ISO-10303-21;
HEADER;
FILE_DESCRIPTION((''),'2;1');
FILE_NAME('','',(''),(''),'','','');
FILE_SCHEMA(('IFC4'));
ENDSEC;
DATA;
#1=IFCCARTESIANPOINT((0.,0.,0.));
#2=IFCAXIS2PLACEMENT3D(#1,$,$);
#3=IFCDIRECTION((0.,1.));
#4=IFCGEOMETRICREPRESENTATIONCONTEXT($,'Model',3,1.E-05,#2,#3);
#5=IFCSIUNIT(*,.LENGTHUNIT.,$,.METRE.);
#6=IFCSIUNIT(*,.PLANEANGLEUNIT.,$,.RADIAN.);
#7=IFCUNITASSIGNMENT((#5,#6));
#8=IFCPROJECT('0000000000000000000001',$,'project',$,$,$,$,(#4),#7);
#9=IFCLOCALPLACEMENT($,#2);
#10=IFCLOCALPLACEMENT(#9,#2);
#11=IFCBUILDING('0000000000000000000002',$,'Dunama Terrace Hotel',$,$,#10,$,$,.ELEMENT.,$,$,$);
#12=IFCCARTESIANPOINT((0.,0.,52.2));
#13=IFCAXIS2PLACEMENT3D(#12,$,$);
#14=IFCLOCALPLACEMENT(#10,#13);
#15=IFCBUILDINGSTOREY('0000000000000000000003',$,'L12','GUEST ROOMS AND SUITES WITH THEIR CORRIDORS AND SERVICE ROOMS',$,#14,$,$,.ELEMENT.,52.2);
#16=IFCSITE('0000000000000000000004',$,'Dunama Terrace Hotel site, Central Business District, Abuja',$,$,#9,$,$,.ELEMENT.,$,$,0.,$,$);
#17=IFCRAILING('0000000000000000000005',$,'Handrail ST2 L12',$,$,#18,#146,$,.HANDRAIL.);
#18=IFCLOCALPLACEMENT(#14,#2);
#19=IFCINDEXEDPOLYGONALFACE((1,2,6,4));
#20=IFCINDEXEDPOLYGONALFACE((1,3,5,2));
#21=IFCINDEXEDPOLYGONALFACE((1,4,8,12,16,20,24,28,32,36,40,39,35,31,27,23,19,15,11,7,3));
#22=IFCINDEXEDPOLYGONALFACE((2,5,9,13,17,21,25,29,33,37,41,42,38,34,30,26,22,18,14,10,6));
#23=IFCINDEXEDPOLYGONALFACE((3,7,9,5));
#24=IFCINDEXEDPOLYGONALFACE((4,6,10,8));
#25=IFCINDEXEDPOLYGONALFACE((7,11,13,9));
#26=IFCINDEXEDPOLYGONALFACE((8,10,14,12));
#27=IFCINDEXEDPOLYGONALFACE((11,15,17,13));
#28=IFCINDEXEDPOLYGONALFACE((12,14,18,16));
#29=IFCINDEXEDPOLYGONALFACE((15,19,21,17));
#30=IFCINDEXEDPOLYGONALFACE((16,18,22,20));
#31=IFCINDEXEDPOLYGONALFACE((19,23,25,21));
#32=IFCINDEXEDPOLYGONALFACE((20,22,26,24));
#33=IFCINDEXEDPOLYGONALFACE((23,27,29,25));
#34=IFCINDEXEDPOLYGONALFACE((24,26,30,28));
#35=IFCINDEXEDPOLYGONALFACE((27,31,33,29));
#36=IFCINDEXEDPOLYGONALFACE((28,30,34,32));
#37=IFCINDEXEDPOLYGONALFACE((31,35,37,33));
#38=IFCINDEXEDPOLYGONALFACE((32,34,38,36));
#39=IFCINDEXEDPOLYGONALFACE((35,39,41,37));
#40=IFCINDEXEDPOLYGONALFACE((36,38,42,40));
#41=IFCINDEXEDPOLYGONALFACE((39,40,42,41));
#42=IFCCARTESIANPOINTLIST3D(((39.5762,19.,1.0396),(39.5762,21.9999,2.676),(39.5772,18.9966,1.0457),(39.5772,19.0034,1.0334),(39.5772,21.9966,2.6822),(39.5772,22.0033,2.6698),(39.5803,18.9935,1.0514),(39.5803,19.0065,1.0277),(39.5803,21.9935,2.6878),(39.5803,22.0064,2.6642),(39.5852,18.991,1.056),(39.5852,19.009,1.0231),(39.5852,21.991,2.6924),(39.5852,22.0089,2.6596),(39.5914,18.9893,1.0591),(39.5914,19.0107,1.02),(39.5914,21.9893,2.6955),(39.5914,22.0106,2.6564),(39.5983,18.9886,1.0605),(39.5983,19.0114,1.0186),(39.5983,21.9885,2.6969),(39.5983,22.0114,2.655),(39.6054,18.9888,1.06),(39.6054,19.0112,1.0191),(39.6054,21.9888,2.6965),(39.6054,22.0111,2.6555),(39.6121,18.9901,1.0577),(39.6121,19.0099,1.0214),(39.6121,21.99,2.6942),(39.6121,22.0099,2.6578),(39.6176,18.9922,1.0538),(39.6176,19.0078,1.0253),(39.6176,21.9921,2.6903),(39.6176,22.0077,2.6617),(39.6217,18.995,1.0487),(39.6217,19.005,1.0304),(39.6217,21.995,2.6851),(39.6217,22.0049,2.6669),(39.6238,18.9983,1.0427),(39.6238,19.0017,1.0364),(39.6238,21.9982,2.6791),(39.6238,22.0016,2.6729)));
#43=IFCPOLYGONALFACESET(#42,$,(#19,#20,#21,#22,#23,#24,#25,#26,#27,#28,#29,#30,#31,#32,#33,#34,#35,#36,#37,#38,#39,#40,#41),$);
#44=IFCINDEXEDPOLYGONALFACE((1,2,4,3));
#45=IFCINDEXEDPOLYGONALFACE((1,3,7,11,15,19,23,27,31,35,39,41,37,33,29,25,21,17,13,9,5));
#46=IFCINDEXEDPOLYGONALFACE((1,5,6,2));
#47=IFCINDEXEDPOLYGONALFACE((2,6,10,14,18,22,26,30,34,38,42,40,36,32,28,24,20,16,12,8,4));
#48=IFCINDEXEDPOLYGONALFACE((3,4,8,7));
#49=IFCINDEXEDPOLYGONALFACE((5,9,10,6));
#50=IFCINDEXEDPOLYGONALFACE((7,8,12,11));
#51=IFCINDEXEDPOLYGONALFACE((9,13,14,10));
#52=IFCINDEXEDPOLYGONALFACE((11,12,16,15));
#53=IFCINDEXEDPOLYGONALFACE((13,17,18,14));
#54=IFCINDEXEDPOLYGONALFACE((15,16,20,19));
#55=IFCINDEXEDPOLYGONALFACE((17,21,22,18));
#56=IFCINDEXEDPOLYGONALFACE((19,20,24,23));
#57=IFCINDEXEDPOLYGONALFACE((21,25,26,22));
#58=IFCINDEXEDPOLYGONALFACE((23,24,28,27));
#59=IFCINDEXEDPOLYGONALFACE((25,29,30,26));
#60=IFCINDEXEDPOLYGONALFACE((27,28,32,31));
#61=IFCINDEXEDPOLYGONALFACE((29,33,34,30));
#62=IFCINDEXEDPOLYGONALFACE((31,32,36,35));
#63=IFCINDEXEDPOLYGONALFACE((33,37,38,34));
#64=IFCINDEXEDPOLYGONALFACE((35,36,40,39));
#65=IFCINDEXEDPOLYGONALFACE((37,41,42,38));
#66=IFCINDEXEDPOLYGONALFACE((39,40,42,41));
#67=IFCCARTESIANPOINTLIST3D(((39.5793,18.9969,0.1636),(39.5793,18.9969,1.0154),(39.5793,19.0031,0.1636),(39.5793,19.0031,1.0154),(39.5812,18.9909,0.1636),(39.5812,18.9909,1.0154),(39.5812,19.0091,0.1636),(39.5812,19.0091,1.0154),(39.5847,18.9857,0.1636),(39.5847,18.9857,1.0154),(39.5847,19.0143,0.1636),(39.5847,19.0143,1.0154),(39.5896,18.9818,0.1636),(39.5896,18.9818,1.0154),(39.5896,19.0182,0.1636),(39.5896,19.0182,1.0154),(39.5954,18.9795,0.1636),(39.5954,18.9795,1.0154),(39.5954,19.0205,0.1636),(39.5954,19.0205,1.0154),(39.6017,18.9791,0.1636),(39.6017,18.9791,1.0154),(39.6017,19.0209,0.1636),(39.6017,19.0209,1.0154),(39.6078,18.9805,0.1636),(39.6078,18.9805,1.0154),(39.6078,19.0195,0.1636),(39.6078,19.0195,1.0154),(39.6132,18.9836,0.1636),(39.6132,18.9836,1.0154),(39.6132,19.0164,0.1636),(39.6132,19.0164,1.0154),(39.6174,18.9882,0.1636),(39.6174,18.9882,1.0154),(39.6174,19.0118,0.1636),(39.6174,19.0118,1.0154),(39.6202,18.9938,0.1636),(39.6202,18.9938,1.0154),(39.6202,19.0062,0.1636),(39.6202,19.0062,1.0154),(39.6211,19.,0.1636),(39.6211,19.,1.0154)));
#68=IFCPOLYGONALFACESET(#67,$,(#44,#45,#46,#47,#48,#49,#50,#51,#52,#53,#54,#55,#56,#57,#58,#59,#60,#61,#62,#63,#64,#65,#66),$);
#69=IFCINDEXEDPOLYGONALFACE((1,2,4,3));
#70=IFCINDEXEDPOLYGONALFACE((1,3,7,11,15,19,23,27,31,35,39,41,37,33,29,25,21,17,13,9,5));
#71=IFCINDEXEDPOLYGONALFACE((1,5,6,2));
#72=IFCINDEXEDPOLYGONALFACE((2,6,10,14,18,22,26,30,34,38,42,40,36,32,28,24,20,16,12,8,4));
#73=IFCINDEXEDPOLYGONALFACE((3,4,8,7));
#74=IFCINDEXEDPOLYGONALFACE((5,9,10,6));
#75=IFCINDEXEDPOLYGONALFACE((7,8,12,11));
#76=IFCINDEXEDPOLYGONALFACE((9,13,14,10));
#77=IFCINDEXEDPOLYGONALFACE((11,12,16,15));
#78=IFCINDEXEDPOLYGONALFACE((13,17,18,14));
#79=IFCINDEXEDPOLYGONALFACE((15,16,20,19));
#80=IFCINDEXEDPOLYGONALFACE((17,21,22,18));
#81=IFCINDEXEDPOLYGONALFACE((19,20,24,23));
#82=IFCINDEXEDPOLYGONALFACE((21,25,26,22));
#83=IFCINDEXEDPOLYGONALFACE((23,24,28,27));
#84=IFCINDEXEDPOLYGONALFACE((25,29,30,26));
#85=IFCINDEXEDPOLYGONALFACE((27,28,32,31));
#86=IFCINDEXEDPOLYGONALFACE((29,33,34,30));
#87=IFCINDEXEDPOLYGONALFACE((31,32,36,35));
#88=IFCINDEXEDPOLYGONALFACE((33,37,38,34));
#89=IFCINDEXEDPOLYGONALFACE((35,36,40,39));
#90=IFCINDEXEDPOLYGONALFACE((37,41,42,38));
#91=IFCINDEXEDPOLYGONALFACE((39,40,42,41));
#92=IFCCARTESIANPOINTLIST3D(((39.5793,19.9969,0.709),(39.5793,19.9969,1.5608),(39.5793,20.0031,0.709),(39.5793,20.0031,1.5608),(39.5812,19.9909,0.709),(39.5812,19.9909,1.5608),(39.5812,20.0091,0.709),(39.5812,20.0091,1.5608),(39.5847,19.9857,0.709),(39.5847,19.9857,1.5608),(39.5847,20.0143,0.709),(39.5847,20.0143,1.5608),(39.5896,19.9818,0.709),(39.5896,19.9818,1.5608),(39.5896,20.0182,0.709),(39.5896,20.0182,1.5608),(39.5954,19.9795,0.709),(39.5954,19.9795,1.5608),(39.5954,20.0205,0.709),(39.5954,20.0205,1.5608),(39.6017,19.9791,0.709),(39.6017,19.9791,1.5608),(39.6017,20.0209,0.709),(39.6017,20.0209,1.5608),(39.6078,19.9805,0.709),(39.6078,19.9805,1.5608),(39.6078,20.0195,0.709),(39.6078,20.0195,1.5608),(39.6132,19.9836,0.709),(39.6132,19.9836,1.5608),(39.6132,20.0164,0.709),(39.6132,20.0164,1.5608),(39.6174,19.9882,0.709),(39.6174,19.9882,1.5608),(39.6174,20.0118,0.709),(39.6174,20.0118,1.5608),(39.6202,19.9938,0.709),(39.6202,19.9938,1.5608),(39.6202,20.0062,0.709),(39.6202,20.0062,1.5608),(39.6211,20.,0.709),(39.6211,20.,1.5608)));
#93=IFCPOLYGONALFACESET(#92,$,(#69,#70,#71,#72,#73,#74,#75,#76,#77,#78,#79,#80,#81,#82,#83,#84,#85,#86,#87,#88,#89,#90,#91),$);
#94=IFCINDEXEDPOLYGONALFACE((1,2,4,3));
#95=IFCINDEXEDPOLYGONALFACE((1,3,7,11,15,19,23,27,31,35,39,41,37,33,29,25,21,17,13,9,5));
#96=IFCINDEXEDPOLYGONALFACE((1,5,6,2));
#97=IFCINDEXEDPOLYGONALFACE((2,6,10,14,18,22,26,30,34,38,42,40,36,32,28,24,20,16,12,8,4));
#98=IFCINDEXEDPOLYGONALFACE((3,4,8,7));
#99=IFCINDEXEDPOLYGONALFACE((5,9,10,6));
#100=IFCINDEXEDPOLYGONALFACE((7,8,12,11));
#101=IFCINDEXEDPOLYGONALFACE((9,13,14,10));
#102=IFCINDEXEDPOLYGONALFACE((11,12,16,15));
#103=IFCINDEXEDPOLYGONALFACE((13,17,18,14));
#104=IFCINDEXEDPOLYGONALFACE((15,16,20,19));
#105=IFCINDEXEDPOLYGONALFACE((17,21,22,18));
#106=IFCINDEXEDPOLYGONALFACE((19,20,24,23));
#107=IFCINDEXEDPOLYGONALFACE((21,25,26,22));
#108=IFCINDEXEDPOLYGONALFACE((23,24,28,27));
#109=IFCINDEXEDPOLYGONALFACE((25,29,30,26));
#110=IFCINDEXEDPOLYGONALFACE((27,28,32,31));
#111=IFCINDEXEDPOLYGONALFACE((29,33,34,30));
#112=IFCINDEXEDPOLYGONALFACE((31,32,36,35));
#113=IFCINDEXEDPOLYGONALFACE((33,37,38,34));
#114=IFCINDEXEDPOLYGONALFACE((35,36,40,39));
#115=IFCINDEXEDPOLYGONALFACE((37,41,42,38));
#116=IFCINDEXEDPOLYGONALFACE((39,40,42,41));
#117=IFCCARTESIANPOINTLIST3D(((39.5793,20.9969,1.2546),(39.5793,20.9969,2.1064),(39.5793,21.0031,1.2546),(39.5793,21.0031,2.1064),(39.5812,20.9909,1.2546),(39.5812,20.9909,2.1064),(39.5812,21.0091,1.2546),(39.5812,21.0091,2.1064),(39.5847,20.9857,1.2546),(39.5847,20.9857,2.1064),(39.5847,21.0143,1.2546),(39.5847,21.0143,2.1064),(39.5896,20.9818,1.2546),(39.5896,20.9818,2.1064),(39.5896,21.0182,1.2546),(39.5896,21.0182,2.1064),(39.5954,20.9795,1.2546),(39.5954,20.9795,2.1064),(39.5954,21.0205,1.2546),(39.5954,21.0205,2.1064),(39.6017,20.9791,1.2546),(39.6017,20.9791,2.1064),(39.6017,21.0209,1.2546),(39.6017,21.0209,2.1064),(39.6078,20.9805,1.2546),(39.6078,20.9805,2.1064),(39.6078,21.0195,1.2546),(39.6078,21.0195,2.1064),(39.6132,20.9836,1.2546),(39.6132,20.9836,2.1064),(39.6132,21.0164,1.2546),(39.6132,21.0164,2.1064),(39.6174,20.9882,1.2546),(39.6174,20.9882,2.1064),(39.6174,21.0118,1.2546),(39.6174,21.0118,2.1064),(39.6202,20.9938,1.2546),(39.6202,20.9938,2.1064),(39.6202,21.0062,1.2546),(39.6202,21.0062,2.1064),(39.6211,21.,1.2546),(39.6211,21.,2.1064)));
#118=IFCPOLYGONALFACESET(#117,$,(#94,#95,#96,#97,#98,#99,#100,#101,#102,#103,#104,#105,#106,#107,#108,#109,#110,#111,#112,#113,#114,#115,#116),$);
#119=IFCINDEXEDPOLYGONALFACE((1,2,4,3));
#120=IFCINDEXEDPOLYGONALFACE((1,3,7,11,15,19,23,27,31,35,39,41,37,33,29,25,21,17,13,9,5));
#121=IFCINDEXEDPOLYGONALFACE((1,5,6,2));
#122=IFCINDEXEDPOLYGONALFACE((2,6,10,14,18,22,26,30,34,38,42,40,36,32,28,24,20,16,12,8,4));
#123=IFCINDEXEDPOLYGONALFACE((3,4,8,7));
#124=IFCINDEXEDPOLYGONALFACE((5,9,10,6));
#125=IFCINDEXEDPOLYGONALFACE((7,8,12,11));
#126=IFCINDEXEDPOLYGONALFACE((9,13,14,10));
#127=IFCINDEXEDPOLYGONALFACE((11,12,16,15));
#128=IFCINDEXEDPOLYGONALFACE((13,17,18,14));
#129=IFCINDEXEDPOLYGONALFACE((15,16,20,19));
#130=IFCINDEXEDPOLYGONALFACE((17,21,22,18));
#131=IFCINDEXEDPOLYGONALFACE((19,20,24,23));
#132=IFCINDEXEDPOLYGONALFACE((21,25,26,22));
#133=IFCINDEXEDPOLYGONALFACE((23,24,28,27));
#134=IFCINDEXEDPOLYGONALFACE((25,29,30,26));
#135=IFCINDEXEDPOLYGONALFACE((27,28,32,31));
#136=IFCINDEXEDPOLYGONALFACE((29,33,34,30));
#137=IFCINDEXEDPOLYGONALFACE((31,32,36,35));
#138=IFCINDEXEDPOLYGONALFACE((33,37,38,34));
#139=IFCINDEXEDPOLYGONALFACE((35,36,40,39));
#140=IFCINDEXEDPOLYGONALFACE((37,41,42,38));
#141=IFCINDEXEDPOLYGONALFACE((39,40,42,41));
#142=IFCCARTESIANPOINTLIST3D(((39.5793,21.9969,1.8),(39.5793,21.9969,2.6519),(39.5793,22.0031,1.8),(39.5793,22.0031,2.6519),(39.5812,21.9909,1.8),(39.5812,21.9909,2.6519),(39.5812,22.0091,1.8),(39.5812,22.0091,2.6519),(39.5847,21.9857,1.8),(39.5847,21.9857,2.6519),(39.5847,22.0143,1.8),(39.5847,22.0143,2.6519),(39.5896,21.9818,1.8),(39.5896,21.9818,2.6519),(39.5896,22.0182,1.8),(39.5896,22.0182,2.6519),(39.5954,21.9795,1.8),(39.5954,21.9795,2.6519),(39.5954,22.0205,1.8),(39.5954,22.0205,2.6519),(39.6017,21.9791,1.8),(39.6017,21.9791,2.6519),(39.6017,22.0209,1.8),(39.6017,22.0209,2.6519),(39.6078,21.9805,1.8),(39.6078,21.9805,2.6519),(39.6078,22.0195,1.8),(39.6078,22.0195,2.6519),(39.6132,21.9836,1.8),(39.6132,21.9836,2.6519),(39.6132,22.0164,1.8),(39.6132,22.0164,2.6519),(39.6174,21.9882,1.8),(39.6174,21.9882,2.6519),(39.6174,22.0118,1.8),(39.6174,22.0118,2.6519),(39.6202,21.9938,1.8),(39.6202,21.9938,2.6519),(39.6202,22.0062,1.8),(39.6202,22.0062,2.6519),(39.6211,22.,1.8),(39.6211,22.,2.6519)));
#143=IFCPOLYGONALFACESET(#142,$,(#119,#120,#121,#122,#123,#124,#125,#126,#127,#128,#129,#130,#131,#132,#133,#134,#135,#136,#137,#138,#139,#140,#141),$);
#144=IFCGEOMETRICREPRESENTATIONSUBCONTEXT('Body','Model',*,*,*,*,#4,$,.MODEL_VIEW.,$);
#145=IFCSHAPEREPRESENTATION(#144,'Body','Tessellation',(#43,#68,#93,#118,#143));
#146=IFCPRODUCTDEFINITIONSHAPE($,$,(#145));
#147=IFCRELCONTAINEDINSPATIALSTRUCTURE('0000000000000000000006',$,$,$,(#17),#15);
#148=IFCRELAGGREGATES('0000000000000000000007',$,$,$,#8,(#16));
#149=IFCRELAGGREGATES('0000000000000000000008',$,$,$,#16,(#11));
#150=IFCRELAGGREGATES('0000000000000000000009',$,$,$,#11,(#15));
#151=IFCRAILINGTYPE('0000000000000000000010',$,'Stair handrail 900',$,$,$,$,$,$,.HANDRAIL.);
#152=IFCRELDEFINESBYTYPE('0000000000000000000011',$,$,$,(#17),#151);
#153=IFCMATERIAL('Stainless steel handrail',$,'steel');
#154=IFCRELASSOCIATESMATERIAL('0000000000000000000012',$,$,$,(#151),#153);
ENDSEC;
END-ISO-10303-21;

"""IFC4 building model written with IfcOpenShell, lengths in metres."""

from ifc_helpers import new_model, si_unit, direction, frame, origin, origin_2d, place, context, subcontext, project, spatial, circle, extrude, material, type_object, element, save


model = new_model("IFC4")

# Units and contexts
model_context = context("Model", 3, precision=1e-05, world=origin(), true_north=direction((0.0, 1.0)))
body_context = subcontext(model_context, "Body", "Model", "MODEL_VIEW")
ifc_project = project(units=[si_unit("LENGTHUNIT", "METRE"), si_unit("PLANEANGLEUNIT", "RADIAN")], contexts=[model_context])

# Site, building, storey
site_placement = place(None, origin())
site = spatial("IfcSite", under=ifc_project, at=site_placement, Name="Dunama Terrace Hotel site, Central Business District, Abuja", CompositionType="ELEMENT", RefElevation=0.0)
building_placement = place(site_placement, origin())
building = spatial("IfcBuilding", under=site, at=building_placement, Name="Dunama Terrace Hotel", CompositionType="ELEMENT")
storey_placement = place(building_placement, frame((0.0, 0.0, 52.2)))
storey = spatial("IfcBuildingStorey", under=building, at=storey_placement, Name="L12", Description="GUEST ROOMS AND SUITES WITH THEIR CORRIDORS AND SERVICE ROOMS", CompositionType="ELEMENT", Elevation=52.2)

# Railing
ifc_material_1 = material(Name="Stainless steel handrail", Category="steel")
railing_type = type_object("IfcRailingType", Name="Stair handrail 900", PredefinedType="HANDRAIL", material=ifc_material_1)
railing_1_placement = place(storey_placement, frame((39.6001, 19.0, 0.1636)))
element("IfcRailing", 1, at=railing_1_placement, inside=storey, type_object=railing_type, Name="Handrail ST2 L12", PredefinedType="HANDRAIL", context=body_context, shape_type="SweptSolid", body=[
    extrude(circle(Radius=0.0239, at=origin_2d()), frame((0.0, 0.0, 0.876), z_axis=(0.0, 0.877882, 0.478877), x_axis=(-1.0, 0.0, 0.0)), (0.0, 0.0, 1.0), 3.4172),
    extrude(circle(Radius=0.021, at=origin_2d()), origin(), (0.0, 0.0, 1.0), 0.8518),
    extrude(circle(Radius=0.021, at=origin_2d()), frame((0.0, 1.0, 0.5454)), (0.0, 0.0, 1.0), 0.8518),
    extrude(circle(Radius=0.021, at=origin_2d()), frame((0.0, 2.0, 1.0911)), (0.0, 0.0, 1.0), 0.8518),
    extrude(circle(Radius=0.021, at=origin_2d()), frame((0.0, 3.0, 1.6365)), (0.0, 0.0, 1.0), 0.8518),
])

save(model, "model.ifc")
